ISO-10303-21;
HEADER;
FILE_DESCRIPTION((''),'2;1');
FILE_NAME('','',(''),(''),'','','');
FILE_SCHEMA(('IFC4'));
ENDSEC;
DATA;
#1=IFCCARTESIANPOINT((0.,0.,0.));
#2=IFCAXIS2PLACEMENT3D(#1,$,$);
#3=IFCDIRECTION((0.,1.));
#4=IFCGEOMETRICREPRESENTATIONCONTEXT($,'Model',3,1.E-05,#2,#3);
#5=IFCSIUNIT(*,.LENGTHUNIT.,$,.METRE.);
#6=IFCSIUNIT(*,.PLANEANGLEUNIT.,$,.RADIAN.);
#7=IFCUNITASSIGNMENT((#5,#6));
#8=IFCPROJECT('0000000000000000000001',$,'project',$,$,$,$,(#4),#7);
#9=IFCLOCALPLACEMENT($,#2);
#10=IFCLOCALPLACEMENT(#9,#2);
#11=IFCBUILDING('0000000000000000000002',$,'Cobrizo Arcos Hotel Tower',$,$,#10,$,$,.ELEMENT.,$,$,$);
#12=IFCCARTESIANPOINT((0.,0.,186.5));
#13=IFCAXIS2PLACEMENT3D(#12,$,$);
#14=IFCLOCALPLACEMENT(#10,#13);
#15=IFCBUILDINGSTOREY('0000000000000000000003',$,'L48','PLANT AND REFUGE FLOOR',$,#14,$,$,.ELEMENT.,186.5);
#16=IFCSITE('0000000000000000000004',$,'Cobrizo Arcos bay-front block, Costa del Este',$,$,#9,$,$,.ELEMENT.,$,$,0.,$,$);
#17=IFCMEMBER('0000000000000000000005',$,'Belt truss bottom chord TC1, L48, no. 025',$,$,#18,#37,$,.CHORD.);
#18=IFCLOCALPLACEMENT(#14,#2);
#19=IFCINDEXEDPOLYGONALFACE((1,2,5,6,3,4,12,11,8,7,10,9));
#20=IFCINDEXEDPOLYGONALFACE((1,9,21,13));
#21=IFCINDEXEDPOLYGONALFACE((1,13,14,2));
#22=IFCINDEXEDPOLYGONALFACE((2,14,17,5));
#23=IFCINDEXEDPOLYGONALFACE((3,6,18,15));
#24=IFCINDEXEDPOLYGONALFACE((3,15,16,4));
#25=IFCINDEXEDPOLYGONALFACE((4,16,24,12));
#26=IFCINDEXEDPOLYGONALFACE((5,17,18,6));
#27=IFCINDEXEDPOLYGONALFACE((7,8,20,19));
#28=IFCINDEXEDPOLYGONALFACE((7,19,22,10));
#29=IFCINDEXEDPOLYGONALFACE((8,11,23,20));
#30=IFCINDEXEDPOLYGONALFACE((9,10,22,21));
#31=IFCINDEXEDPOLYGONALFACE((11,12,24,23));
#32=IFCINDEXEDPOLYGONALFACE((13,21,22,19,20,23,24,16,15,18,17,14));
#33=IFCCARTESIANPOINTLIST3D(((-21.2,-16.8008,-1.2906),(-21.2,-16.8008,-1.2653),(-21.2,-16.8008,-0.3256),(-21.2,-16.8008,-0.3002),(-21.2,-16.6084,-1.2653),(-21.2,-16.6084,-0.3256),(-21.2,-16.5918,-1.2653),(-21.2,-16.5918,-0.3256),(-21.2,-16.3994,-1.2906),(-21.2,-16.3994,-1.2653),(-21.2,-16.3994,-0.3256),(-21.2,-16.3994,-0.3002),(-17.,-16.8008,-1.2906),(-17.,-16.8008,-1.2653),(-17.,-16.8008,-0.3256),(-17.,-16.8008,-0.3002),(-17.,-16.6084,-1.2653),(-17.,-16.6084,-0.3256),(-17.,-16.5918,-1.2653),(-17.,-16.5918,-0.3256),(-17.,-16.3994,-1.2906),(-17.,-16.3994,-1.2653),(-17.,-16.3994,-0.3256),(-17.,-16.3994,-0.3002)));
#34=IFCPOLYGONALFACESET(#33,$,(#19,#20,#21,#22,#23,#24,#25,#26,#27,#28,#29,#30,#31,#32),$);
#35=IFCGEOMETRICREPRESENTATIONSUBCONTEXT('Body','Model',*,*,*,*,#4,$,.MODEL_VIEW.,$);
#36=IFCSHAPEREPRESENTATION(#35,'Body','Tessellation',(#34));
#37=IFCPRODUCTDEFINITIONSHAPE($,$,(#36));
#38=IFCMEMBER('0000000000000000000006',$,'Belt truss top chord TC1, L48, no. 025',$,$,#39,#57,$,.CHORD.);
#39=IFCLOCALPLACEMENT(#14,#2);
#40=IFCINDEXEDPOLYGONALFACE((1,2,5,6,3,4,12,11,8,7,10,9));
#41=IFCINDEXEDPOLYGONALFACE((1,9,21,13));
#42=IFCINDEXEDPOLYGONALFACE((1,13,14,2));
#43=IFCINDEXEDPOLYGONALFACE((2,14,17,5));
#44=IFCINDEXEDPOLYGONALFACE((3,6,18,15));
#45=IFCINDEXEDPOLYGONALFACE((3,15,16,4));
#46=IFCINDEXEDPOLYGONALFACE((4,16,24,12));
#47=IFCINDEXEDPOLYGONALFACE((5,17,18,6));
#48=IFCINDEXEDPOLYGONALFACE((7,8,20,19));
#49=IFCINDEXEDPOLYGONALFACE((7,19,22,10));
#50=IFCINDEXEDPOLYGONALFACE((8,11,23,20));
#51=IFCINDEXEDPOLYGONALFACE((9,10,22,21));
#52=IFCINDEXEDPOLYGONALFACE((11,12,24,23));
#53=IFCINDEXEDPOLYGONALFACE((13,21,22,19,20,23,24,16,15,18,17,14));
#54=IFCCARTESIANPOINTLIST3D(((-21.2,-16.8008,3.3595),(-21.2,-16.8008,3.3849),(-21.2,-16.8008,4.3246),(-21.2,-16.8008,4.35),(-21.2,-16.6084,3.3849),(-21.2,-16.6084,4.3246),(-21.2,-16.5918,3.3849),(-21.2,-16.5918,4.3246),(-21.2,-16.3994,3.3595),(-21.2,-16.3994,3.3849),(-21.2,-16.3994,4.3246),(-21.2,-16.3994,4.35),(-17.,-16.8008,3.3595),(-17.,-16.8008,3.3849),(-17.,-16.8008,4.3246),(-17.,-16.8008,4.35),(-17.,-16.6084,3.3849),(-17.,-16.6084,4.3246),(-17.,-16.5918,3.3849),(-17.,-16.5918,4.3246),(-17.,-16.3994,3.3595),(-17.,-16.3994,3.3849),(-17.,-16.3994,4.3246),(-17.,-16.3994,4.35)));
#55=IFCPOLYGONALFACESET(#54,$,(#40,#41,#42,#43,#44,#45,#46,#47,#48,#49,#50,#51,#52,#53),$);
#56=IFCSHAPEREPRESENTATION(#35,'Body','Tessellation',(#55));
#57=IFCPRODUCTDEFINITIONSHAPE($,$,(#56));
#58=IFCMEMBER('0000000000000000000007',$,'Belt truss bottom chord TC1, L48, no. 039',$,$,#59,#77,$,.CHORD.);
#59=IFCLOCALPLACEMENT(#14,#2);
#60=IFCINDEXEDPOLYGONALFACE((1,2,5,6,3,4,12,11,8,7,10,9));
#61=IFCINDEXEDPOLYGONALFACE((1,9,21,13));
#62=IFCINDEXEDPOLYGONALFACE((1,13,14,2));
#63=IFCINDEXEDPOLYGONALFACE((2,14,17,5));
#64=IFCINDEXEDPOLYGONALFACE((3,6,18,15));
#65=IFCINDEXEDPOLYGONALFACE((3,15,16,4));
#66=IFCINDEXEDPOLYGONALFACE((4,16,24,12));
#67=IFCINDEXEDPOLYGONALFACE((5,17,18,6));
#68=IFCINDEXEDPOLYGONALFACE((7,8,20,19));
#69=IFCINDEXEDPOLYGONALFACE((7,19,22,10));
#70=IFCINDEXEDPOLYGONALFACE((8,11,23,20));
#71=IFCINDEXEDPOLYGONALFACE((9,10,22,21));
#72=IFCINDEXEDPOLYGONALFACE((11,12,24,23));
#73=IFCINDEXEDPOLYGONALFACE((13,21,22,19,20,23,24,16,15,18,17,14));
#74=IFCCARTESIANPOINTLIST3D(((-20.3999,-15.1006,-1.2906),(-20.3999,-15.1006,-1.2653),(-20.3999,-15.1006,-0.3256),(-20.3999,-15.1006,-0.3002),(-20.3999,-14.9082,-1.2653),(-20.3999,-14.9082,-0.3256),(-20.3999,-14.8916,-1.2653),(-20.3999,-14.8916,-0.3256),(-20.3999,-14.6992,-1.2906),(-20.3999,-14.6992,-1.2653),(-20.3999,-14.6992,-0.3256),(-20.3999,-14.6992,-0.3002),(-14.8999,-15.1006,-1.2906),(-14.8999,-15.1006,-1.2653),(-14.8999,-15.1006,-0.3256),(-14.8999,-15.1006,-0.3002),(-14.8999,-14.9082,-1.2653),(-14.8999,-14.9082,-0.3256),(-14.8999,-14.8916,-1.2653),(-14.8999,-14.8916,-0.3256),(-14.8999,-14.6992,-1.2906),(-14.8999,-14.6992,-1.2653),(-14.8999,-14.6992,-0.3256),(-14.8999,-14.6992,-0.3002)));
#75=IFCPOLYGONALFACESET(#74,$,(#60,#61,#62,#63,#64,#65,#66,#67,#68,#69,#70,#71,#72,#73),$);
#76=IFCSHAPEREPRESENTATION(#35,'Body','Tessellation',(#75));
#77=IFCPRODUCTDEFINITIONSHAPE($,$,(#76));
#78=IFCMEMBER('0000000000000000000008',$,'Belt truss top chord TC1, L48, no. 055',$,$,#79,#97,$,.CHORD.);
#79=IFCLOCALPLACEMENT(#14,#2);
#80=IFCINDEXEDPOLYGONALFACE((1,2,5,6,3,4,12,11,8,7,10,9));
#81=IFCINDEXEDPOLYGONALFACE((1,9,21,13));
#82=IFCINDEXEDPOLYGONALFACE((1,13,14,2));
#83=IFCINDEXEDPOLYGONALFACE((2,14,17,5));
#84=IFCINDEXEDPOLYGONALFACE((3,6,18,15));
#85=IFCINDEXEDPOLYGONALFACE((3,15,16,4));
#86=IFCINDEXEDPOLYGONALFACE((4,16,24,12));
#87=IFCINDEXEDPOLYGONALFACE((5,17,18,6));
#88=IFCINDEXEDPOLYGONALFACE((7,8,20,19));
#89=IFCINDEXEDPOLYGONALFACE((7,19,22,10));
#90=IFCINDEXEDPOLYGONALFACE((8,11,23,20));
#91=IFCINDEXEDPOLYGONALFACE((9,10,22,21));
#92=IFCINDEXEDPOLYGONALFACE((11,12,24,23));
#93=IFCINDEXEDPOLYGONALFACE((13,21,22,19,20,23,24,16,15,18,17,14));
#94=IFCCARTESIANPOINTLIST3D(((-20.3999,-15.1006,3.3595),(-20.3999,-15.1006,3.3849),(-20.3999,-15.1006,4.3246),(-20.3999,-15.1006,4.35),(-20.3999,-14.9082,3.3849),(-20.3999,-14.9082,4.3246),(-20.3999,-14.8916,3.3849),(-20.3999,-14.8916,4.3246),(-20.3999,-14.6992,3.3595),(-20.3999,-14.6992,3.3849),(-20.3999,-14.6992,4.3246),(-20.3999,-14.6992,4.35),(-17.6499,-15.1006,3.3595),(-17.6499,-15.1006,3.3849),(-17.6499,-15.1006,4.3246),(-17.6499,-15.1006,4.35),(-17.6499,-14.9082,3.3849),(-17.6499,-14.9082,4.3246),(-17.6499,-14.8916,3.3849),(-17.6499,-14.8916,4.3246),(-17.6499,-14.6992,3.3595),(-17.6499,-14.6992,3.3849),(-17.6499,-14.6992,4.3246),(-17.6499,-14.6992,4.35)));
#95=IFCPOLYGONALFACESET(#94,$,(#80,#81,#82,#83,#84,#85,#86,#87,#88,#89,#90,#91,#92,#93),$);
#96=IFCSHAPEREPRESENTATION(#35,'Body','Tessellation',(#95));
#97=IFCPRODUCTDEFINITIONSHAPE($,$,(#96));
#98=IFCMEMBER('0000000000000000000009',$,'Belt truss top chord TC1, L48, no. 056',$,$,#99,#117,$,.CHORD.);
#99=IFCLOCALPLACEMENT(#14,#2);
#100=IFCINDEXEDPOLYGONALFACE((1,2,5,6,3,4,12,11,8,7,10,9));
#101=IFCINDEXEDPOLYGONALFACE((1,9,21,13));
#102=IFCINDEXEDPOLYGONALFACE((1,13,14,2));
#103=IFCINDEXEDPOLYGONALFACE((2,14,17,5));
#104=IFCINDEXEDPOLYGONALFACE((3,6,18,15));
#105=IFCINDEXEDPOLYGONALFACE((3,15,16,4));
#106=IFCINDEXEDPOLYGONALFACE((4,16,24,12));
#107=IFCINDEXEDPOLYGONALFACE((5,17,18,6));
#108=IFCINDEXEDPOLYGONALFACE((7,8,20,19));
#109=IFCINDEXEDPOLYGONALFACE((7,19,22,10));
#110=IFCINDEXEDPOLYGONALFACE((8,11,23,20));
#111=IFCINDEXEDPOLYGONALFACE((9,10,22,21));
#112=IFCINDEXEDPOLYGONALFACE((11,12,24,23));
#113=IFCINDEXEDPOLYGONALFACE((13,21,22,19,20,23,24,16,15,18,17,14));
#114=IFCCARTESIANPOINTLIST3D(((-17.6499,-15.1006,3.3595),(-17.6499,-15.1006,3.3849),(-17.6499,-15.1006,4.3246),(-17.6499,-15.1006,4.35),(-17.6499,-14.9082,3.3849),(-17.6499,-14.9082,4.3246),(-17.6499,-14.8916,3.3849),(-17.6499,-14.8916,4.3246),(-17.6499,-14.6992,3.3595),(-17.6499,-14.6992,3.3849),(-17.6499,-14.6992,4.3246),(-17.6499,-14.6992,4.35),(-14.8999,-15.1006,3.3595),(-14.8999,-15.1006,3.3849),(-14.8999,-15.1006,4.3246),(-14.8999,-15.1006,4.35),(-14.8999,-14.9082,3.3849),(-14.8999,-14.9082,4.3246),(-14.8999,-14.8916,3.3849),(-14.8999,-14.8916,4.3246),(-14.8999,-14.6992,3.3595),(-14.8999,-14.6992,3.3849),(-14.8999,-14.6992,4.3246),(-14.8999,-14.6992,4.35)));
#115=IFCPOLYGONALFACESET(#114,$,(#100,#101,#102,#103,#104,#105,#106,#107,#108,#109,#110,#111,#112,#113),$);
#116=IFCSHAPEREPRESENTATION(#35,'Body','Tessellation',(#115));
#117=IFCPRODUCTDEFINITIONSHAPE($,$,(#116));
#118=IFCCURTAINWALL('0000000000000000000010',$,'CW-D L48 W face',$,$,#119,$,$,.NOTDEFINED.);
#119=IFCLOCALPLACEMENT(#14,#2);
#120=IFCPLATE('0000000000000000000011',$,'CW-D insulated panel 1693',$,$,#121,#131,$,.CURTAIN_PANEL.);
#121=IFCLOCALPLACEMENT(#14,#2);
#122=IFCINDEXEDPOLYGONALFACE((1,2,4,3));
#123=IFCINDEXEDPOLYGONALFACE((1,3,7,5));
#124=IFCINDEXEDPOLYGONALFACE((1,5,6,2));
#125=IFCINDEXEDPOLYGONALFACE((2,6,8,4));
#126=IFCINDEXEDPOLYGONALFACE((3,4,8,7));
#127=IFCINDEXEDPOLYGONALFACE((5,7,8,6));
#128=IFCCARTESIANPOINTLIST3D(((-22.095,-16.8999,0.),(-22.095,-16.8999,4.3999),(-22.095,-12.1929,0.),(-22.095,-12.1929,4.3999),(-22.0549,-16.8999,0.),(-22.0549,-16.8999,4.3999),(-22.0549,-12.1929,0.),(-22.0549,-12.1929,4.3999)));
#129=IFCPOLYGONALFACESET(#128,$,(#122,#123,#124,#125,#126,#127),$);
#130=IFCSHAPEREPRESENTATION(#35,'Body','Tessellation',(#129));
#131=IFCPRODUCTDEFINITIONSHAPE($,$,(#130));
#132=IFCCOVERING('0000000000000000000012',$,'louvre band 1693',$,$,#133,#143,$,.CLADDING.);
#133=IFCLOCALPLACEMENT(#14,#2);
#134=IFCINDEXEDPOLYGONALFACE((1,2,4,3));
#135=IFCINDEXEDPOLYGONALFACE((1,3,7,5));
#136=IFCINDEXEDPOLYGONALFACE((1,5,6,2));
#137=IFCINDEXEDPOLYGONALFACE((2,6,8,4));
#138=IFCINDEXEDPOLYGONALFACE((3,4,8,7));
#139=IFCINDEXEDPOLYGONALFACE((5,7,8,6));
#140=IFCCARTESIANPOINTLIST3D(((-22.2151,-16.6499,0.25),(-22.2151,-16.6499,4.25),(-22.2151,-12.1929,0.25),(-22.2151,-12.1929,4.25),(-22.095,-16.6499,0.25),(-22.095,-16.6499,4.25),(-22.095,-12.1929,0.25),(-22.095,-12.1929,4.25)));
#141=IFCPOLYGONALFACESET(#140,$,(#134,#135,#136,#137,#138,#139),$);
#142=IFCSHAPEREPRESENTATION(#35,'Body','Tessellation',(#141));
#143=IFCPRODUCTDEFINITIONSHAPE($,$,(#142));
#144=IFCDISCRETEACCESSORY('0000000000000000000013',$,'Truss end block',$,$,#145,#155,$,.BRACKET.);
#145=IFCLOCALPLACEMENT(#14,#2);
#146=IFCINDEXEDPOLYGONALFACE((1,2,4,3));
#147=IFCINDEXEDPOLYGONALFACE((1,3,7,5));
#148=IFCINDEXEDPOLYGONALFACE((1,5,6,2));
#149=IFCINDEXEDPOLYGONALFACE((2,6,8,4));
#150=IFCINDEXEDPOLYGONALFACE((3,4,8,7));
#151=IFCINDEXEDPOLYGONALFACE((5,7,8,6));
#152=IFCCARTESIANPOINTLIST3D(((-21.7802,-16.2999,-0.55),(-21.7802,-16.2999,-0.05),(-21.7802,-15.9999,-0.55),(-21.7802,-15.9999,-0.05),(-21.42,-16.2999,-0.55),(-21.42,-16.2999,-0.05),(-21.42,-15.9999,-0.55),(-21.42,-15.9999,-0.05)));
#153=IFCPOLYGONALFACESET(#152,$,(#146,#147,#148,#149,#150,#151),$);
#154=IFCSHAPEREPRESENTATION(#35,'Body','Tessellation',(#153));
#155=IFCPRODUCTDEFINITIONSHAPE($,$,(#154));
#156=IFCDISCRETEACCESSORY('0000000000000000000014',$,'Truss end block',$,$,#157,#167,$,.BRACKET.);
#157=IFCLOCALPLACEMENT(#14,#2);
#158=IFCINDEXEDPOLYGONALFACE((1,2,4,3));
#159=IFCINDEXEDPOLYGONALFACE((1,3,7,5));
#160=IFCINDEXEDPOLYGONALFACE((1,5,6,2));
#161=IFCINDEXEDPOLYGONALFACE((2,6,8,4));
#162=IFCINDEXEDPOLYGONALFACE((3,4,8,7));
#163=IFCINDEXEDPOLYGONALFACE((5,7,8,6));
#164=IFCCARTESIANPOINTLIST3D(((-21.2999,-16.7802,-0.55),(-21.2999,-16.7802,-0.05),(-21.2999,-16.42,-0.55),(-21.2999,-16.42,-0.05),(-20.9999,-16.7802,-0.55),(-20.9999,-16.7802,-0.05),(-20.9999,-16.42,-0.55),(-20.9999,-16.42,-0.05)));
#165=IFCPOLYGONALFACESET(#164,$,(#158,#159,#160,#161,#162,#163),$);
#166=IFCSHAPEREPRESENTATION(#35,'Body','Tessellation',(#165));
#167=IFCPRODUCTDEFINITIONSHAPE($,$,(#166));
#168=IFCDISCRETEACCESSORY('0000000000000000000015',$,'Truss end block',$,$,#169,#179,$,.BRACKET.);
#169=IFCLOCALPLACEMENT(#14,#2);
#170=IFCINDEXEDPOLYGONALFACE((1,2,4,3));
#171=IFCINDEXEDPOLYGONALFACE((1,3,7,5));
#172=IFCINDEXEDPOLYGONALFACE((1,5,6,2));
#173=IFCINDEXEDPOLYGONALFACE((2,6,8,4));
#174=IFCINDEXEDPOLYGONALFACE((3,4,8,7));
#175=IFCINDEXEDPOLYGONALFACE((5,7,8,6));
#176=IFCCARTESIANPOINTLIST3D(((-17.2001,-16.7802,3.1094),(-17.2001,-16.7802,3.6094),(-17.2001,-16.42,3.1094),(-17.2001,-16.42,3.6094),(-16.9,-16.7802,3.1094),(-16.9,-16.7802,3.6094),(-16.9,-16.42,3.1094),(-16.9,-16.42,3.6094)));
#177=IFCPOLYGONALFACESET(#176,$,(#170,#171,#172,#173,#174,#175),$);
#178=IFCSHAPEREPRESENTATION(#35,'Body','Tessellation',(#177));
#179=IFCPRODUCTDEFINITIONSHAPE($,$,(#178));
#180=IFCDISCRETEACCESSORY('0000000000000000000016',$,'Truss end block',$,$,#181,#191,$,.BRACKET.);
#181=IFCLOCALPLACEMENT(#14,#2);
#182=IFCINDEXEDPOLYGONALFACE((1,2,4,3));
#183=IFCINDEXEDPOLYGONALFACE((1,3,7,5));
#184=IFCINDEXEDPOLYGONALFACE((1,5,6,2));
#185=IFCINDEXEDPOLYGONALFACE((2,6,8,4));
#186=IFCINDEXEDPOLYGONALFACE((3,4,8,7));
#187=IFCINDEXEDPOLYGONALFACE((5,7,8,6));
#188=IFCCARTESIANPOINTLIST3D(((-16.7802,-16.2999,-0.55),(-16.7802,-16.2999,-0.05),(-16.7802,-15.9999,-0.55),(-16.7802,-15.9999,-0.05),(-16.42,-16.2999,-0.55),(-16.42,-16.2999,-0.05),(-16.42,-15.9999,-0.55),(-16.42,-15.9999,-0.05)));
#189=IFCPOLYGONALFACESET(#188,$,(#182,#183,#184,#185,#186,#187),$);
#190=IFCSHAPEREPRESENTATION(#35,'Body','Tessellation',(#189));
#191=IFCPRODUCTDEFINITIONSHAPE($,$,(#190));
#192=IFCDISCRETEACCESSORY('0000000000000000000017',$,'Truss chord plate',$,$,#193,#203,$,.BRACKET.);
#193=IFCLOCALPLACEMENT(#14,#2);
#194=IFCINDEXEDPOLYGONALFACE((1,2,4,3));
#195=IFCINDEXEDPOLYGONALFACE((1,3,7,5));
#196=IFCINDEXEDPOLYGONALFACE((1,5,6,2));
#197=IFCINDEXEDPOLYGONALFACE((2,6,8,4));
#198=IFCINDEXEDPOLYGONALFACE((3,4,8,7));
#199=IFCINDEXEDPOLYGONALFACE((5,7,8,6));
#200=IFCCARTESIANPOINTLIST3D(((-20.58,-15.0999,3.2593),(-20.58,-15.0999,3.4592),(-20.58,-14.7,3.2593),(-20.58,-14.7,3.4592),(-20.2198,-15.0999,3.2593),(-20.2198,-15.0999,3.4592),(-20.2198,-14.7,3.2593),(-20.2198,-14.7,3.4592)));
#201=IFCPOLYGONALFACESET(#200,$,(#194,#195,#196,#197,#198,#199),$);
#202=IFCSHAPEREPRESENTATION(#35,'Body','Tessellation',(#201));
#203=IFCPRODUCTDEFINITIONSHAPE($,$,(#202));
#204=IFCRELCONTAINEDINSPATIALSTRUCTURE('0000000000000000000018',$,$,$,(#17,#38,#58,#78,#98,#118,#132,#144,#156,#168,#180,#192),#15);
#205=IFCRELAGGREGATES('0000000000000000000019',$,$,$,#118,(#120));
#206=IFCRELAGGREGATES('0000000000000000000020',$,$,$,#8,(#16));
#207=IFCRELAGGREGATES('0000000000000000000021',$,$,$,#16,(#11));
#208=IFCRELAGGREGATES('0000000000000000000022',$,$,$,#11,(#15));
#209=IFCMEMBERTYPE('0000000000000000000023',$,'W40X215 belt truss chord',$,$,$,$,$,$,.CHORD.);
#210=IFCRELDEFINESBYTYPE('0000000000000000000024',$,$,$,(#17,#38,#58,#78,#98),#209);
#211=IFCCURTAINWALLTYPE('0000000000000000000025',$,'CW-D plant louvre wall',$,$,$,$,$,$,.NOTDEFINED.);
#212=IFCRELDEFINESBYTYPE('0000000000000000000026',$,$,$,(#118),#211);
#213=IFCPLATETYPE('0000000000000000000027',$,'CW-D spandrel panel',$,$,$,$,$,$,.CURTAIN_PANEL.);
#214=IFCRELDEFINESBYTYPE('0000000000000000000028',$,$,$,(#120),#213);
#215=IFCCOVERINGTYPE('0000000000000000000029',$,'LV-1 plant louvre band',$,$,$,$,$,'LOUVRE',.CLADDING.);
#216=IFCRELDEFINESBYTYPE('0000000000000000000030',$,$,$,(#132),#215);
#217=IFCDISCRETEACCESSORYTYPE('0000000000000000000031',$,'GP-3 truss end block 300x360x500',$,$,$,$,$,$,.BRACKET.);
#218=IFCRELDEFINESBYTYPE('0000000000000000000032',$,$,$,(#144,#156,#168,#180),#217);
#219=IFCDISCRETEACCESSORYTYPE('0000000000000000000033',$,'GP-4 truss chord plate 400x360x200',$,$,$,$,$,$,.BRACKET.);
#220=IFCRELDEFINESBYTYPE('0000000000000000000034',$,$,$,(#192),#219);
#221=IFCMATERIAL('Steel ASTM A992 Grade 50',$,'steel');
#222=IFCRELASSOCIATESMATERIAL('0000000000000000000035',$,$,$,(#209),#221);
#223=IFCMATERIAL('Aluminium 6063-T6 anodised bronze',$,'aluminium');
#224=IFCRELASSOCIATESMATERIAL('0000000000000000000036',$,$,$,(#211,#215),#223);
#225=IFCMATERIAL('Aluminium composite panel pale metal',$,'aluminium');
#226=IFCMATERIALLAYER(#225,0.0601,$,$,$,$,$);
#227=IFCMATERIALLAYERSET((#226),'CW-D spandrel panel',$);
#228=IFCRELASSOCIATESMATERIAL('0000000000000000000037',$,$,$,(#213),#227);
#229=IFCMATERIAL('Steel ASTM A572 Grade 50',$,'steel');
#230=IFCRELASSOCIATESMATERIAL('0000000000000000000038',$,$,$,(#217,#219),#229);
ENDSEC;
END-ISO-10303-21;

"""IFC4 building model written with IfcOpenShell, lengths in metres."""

from ifc_helpers import new_model, si_unit, direction, frame, origin, origin_2d, place, context, subcontext, project, spatial, rectangle, i_section, extrude, material, layer, layer_set, material_profile, profile_set, type_object, element, aggregate, save


model = new_model("IFC4")

# Units and contexts
model_context = context("Model", 3, precision=1e-05, world=origin(), true_north=direction((0.0, 1.0)))
body_context = subcontext(model_context, "Body", "Model", "MODEL_VIEW")
ifc_project = project(units=[si_unit("LENGTHUNIT", "METRE"), si_unit("PLANEANGLEUNIT", "RADIAN")], contexts=[model_context])

# Site, building, storey
site_placement = place(None, origin())
site = spatial("IfcSite", under=ifc_project, at=site_placement, Name="Cobrizo Arcos bay-front block, Costa del Este", CompositionType="ELEMENT", RefElevation=0.0)
building_placement = place(site_placement, origin())
building = spatial("IfcBuilding", under=site, at=building_placement, Name="Cobrizo Arcos Hotel Tower", CompositionType="ELEMENT")
storey_placement = place(building_placement, frame((0.0, 0.0, 186.5)))
storey = spatial("IfcBuildingStorey", under=building, at=storey_placement, Name="L48", Description="PLANT AND REFUGE FLOOR", CompositionType="ELEMENT", Elevation=186.5)

# Shared definitions
ifc_material_1 = material(Name="Steel ASTM A572 Grade 50", Category="steel")

# Shared definitions
ifc_material_2 = material(Name="Steel ASTM A992 Grade 50", Category="steel")

# Members
ifc_material_profile_1 = material_profile(ifc_material_2, i_section(OverallWidth=0.4014, OverallDepth=0.9905, WebThickness=0.0166, FlangeThickness=0.0254, at=origin_2d()), Name="W40X215")
ifc_profile_set_1 = profile_set([ifc_material_profile_1], Name="Steel ASTM A992 Grade 50")
member_type_1 = type_object("IfcMemberType", Name="W40X215 belt truss chord", PredefinedType="CHORD", material=ifc_profile_set_1)
for number, where, z_axis, x_axis, name in (
    (1, (-21.2, -16.6001, -0.7954), (1.0, 0.0, 0.0), (0.0, 1.0, 0.0), "Belt truss bottom chord TC1, L48, no. 025"),
    (2, (-21.2, -16.6001, 3.8547), (1.0, 0.0, 0.0), (0.0, 1.0, 0.0), "Belt truss top chord TC1, L48, no. 025"),
):
    element("IfcMember", number, at=place(storey_placement, frame(where, z_axis=z_axis, x_axis=x_axis)), inside=storey, type_object=member_type_1, Name=name, PredefinedType="CHORD", context=body_context, shape_type="SweptSolid", body=[
        extrude(i_section(OverallWidth=0.4014, OverallDepth=0.9905, WebThickness=0.0166, FlangeThickness=0.0254, at=origin_2d()), origin(), (0.0, 0.0, 1.0), 4.2),
    ])
member_1_placement = place(storey_placement, frame((-20.3999, -14.8999, -0.7954), z_axis=(1.0, 0.0, 0.0), x_axis=(0.0, 1.0, 0.0)))
element("IfcMember", 3, at=member_1_placement, inside=storey, type_object=member_type_1, Name="Belt truss bottom chord TC1, L48, no. 039", PredefinedType="CHORD", context=body_context, shape_type="SweptSolid", body=[
    extrude(i_section(OverallWidth=0.4014, OverallDepth=0.9905, WebThickness=0.0166, FlangeThickness=0.0254, at=origin_2d()), origin(), (0.0, 0.0, 1.0), 5.5),
])
for number, where, z_axis, x_axis, name in (
    (4, (-20.3999, -14.8999, 3.8547), (1.0, 0.0, 0.0), (0.0, 1.0, 0.0), "Belt truss top chord TC1, L48, no. 055"),
    (5, (-17.6499, -14.8999, 3.8547), (1.0, 0.0, 0.0), (0.0, 1.0, 0.0), "Belt truss top chord TC1, L48, no. 056"),
):
    element("IfcMember", number, at=place(storey_placement, frame(where, z_axis=z_axis, x_axis=x_axis)), inside=storey, type_object=member_type_1, Name=name, PredefinedType="CHORD", context=body_context, shape_type="SweptSolid", body=[
        extrude(i_section(OverallWidth=0.4014, OverallDepth=0.9905, WebThickness=0.0166, FlangeThickness=0.0254, at=origin_2d()), origin(), (0.0, 0.0, 1.0), 2.75),
    ])

# Curtain wall, plate
ifc_material_3 = material(Name="Aluminium 6063-T6 anodised bronze", Category="aluminium")
curtain_wall_type = type_object("IfcCurtainWallType", Name="CW-D plant louvre wall", PredefinedType="NOTDEFINED", material=ifc_material_3)
curtain_wall_placement = place(storey_placement, origin())
curtain_wall = element("IfcCurtainWall", 6, at=curtain_wall_placement, inside=storey, type_object=curtain_wall_type, Name="CW-D L48 W face", PredefinedType="NOTDEFINED")
ifc_material_4 = material(Name="Aluminium composite panel pale metal", Category="aluminium")
ifc_layer = layer(ifc_material_4, 0.0601)
ifc_layer_set = layer_set([ifc_layer], Name="CW-D spandrel panel")
plate_type = type_object("IfcPlateType", Name="CW-D spandrel panel", PredefinedType="CURTAIN_PANEL", material=ifc_layer_set)
plate_placement = place(storey_placement, frame((-22.075, -14.5464, 0.0), z_axis=(0.0, 0.0, 1.0), x_axis=(0.0, -1.0, 0.0)))
plate = element("IfcPlate", 7, at=plate_placement, type_object=plate_type, Name="CW-D insulated panel 1693", PredefinedType="CURTAIN_PANEL", context=body_context, shape_type="SweptSolid", body=[
    extrude(rectangle(XDim=4.707, YDim=0.04, at=origin_2d()), origin(), (0.0, 0.0, 1.0), 4.3999),
])
aggregate(curtain_wall, [plate])

# Covering
covering_type = type_object("IfcCoveringType", Name="LV-1 plant louvre band", ElementType="LOUVRE", PredefinedType="CLADDING", material=ifc_material_3)
covering_placement = place(storey_placement, frame((-22.155, -14.4214, 0.25), z_axis=(0.0, 0.0, 1.0), x_axis=(0.0, -1.0, 0.0)))
element("IfcCovering", 8, at=covering_placement, inside=storey, type_object=covering_type, Name="louvre band 1693", PredefinedType="CLADDING", context=body_context, shape_type="SweptSolid", body=[
    extrude(rectangle(XDim=4.457, YDim=0.1201, at=origin_2d()), origin(), (0.0, 0.0, 1.0), 4.0),
])

# Discrete accessories
discrete_accessory_type_1 = type_object("IfcDiscreteAccessoryType", Name="GP-3 truss end block 300x360x500", PredefinedType="BRACKET", material=ifc_material_1)
for number, where, z_axis, x_axis, name in (
    (9, (-21.6001, -16.1499, -0.55), (0.0, 0.0, 1.0), (0.0, 1.0, 0.0), "Truss end block"),
    (10, (-21.1499, -16.6001, -0.55), (0.0, 0.0, 1.0), (1.0, 0.0, 0.0), "Truss end block"),
    (11, (-17.05, -16.6001, 3.1094), (0.0, 0.0, 1.0), (-1.0, 0.0, 0.0), "Truss end block"),
    (12, (-16.6001, -16.1499, -0.55), (0.0, 0.0, 1.0), (0.0, 1.0, 0.0), "Truss end block"),
):
    element("IfcDiscreteAccessory", number, at=place(storey_placement, frame(where, z_axis=z_axis, x_axis=x_axis)), inside=storey, type_object=discrete_accessory_type_1, Name=name, PredefinedType="BRACKET", context=body_context, shape_type="SweptSolid", body=[
        extrude(rectangle(XDim=0.3, YDim=0.3601, at=origin_2d()), origin(), (0.0, 0.0, 1.0), 0.5),
    ])
discrete_accessory_type_2 = type_object("IfcDiscreteAccessoryType", Name="GP-4 truss chord plate 400x360x200", PredefinedType="BRACKET", material=ifc_material_1)
for number, where, z_axis, x_axis, name in (
    (13, (-20.3999, -14.8999, 3.2593), (0.0, 0.0, 1.0), (0.0, -1.0, 0.0), "Truss chord plate"),
):
    element("IfcDiscreteAccessory", number, at=place(storey_placement, frame(where, z_axis=z_axis, x_axis=x_axis)), inside=storey, type_object=discrete_accessory_type_2, Name=name, PredefinedType="BRACKET", context=body_context, shape_type="SweptSolid", body=[
        extrude(rectangle(XDim=0.3999, YDim=0.3601, at=origin_2d()), origin(), (0.0, 0.0, 1.0), 0.2),
    ])

save(model, "model.ifc")
